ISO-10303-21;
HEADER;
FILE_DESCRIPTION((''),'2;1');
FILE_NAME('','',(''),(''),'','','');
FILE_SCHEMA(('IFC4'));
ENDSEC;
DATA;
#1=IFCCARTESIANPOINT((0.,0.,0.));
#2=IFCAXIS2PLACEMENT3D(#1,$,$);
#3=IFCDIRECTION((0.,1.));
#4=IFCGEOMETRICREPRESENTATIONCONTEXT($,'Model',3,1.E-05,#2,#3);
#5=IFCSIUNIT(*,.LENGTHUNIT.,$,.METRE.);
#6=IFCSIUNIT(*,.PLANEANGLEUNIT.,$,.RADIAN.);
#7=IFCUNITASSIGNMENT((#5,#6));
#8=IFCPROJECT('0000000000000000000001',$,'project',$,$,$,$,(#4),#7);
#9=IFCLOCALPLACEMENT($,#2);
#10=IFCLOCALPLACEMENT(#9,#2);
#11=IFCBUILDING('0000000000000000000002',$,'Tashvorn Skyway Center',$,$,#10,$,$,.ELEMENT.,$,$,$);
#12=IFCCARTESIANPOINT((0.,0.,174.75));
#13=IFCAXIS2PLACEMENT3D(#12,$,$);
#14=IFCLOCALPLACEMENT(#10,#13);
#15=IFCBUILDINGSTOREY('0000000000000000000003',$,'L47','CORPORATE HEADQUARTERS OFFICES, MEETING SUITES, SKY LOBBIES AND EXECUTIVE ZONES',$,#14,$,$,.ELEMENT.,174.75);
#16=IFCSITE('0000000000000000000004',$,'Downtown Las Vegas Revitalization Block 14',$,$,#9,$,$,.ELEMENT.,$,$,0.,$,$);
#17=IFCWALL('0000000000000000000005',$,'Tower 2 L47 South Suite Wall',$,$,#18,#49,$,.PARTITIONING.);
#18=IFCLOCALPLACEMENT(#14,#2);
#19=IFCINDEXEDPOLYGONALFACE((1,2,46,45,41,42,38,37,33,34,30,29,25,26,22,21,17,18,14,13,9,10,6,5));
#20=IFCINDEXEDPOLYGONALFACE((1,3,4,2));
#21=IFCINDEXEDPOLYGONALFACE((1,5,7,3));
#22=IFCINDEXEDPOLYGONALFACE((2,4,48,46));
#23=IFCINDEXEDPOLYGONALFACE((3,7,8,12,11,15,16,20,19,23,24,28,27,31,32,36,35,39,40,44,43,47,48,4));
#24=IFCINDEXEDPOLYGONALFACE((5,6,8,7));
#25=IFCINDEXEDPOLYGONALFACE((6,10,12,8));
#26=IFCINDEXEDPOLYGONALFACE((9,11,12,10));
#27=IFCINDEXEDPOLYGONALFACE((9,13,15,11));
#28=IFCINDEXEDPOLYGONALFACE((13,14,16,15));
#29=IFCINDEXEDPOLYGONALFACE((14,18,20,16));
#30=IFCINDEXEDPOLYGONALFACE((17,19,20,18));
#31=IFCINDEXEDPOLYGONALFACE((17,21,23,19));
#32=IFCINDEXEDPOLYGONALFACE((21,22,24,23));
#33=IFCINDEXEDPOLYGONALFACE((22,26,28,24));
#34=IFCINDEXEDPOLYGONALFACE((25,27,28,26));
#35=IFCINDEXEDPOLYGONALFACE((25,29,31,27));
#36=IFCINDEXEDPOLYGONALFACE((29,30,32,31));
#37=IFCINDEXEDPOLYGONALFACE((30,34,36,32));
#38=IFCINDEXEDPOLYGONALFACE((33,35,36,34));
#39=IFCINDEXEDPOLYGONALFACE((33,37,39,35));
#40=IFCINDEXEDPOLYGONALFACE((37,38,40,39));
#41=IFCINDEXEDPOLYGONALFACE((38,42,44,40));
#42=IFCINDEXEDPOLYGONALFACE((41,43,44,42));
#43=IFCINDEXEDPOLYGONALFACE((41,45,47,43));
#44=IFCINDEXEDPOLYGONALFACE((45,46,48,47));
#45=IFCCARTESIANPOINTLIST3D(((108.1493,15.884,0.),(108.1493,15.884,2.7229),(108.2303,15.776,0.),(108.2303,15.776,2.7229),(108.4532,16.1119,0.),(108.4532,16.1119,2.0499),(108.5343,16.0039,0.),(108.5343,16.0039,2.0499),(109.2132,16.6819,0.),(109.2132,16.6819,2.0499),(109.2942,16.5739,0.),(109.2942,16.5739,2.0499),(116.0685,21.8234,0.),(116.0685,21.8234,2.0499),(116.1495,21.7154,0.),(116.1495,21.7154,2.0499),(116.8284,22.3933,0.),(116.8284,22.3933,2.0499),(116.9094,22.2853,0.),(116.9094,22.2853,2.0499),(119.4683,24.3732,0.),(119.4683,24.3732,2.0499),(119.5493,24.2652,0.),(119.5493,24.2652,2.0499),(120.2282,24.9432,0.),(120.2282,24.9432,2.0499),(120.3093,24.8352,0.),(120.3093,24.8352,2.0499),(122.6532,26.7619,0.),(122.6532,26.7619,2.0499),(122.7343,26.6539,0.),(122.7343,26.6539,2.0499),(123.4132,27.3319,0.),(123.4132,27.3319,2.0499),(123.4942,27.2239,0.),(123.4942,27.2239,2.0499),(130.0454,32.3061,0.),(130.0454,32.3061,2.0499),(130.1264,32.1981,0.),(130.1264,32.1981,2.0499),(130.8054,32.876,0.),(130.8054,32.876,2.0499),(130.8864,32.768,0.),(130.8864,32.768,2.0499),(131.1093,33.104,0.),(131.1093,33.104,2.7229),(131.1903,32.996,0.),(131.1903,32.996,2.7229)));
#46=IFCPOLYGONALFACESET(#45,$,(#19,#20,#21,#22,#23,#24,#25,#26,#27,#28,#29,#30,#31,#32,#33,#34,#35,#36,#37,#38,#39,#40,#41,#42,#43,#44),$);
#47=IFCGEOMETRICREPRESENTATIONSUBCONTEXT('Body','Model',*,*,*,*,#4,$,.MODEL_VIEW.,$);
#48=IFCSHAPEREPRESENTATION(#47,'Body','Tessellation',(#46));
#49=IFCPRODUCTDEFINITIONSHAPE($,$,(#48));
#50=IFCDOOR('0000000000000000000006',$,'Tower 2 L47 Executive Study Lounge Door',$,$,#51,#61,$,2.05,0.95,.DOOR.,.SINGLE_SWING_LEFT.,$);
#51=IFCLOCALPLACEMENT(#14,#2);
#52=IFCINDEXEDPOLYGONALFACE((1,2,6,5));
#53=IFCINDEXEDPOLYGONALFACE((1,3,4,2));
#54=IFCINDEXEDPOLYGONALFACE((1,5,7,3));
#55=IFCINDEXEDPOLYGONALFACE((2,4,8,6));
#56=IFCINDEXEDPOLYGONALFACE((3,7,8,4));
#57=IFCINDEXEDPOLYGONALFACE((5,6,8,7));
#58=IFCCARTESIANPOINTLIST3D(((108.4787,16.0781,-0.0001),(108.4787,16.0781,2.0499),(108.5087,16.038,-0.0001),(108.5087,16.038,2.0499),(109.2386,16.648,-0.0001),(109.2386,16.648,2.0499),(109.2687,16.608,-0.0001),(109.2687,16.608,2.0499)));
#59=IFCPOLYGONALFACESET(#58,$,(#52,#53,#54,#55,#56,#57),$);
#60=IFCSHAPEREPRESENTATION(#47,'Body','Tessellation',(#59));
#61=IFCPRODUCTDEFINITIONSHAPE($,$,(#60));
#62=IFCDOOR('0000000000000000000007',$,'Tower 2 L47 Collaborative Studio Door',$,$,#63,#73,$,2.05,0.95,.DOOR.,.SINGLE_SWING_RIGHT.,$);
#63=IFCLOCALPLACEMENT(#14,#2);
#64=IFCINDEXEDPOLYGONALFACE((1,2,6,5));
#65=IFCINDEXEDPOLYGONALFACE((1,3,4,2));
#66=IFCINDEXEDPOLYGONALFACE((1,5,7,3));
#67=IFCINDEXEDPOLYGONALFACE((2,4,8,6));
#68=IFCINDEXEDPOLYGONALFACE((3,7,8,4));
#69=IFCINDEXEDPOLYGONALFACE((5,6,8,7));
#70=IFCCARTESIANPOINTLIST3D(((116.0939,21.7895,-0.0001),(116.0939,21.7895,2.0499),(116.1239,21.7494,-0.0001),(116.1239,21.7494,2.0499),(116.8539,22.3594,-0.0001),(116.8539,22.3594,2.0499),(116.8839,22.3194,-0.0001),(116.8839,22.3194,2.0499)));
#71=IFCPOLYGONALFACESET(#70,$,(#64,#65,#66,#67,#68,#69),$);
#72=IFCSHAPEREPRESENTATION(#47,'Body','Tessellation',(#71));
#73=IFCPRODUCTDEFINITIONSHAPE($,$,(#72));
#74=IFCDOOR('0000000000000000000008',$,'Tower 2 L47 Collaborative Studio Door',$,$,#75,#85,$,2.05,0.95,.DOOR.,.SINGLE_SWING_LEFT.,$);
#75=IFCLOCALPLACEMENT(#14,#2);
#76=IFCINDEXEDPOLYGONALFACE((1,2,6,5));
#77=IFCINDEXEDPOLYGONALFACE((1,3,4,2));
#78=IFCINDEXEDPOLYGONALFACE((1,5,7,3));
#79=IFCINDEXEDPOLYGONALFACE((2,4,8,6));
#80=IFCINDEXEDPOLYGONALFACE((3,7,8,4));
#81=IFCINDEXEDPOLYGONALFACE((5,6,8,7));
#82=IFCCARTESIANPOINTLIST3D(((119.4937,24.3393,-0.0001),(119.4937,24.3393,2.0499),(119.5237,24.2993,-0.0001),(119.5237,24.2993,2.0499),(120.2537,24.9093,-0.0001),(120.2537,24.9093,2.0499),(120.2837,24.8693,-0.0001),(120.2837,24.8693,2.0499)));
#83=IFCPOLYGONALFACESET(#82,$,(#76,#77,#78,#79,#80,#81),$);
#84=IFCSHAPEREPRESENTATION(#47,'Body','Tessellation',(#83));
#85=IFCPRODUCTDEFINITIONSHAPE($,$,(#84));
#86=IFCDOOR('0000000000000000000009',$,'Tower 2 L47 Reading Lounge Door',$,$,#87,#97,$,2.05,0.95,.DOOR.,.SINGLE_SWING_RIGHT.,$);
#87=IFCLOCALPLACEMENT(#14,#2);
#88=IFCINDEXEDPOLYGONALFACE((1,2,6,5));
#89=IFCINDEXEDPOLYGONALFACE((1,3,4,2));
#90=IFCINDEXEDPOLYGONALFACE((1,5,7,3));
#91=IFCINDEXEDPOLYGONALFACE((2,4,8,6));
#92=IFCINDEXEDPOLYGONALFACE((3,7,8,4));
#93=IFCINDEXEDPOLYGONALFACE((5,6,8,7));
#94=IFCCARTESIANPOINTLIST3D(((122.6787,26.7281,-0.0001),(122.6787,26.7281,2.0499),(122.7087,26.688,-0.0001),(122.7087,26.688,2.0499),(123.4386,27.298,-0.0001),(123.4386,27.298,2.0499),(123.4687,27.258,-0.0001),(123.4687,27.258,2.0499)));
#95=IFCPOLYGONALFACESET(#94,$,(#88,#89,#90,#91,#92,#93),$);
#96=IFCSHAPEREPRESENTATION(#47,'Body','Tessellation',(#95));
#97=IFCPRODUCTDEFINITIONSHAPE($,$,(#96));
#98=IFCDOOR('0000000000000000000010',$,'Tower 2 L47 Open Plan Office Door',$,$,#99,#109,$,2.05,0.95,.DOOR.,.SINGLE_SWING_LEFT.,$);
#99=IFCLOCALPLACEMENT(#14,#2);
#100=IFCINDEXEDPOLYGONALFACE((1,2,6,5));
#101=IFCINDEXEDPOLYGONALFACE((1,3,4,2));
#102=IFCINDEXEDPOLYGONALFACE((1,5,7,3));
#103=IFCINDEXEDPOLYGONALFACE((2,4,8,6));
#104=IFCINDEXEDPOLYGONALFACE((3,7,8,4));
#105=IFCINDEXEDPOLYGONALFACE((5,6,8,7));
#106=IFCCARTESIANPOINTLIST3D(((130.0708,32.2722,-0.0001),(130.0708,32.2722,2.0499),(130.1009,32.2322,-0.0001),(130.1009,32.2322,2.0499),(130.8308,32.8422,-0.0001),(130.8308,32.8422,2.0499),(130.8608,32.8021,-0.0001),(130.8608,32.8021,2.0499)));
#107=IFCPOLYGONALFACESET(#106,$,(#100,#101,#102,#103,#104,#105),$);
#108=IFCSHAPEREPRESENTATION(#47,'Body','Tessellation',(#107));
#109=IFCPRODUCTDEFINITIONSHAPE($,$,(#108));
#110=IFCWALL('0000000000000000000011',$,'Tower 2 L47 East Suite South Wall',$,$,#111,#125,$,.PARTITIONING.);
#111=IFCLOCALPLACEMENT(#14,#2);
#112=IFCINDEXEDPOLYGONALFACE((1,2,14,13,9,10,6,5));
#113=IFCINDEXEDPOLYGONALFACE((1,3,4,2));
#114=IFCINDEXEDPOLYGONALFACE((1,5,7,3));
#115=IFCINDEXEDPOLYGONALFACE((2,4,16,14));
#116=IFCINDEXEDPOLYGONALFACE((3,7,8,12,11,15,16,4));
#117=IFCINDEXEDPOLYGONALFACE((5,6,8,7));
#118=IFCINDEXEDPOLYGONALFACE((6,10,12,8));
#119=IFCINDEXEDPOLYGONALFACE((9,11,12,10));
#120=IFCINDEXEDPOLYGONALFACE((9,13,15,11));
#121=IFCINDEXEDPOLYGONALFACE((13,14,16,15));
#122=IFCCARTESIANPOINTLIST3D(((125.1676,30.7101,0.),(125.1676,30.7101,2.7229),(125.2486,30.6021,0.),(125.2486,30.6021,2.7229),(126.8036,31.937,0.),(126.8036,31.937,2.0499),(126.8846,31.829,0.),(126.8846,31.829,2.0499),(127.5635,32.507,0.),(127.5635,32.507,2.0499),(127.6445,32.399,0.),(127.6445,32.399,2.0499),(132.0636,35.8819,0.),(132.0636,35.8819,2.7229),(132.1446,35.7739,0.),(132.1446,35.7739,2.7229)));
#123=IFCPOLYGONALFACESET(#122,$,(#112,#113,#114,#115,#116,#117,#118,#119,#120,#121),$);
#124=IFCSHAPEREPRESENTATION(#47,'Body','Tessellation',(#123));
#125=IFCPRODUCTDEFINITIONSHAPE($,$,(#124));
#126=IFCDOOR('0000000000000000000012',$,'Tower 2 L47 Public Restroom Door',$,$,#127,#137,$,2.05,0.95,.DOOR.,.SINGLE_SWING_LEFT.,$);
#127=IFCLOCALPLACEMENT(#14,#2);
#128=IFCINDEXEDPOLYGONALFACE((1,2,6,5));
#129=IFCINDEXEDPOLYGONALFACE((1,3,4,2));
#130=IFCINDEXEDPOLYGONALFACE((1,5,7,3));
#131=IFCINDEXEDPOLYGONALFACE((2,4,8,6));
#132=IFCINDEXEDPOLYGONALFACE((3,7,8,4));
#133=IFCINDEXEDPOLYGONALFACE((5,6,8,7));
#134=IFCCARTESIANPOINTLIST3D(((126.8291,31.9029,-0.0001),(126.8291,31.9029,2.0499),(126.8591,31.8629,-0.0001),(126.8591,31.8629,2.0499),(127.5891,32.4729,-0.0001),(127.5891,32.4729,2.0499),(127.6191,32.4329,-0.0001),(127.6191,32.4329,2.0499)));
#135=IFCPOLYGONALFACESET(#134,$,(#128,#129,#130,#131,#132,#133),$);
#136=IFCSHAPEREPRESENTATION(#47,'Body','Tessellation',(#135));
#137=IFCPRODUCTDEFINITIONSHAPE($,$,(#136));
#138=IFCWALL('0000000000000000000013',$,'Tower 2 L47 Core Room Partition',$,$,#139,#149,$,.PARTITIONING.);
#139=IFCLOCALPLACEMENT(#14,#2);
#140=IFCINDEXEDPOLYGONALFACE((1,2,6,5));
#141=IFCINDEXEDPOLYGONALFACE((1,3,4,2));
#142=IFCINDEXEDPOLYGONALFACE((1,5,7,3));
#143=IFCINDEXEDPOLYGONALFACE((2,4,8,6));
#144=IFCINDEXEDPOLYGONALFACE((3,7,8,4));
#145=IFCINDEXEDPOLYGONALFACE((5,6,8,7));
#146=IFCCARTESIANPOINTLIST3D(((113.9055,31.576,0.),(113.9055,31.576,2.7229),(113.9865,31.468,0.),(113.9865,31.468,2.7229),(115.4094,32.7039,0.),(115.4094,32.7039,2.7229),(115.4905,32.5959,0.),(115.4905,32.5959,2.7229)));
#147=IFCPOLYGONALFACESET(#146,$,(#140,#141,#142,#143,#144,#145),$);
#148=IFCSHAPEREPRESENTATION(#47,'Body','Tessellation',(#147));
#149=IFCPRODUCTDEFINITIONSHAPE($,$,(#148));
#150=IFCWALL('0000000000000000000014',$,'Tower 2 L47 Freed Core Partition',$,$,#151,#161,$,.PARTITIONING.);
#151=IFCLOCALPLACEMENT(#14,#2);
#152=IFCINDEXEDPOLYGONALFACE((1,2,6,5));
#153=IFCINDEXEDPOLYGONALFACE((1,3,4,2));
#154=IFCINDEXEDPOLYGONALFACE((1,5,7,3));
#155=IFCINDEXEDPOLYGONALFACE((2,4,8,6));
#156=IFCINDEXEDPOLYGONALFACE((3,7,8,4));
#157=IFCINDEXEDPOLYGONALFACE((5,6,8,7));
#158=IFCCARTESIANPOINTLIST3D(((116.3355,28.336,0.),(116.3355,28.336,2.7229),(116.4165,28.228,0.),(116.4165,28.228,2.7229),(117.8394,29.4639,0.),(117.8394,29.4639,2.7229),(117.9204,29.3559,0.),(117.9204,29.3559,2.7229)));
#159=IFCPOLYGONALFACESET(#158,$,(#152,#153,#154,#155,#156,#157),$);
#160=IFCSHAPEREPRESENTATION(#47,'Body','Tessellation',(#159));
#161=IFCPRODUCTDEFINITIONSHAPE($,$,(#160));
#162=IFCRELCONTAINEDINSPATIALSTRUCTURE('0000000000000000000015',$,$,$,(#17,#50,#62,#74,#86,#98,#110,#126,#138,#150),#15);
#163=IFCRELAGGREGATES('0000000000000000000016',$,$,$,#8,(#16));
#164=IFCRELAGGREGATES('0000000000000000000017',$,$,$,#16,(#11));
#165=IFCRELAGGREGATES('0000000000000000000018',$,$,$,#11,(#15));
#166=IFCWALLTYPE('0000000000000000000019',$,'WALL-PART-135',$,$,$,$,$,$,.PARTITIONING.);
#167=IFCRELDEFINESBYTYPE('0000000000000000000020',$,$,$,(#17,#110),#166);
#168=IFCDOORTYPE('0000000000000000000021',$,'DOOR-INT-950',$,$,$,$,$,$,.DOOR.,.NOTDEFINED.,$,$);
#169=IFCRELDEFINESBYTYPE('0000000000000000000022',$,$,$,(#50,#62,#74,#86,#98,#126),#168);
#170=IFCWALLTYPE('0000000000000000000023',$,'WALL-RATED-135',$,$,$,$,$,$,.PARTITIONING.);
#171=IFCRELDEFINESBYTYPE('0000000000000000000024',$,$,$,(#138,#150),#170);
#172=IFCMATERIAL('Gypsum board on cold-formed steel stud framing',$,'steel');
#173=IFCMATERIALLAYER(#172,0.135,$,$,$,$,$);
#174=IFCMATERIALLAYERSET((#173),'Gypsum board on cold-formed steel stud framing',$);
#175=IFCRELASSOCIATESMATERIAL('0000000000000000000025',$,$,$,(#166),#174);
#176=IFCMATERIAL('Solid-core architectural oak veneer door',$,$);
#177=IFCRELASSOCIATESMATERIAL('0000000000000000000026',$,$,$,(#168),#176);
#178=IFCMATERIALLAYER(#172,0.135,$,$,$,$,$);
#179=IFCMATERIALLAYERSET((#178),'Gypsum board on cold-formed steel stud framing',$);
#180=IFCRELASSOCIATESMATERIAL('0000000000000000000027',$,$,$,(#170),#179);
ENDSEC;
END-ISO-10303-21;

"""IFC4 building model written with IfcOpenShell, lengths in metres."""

from ifc_helpers import new_model, si_unit, direction, frame, frame_2d, origin, place, context, subcontext, project, spatial, rectangle, extrude, material, layer, layer_set, type_object, element, fill, save


model = new_model("IFC4")

# Units and contexts
model_context = context("Model", 3, precision=1e-05, world=origin(), true_north=direction((0.0, 1.0)))
body_context = subcontext(model_context, "Body", "Model", "MODEL_VIEW")
ifc_project = project(units=[si_unit("LENGTHUNIT", "METRE"), si_unit("PLANEANGLEUNIT", "RADIAN")], contexts=[model_context])

# Site, building, storey
site_placement = place(None, origin())
site = spatial("IfcSite", under=ifc_project, at=site_placement, Name="Downtown Las Vegas Revitalization Block 14", CompositionType="ELEMENT", RefElevation=0.0)
building_placement = place(site_placement, origin())
building = spatial("IfcBuilding", under=site, at=building_placement, Name="Tashvorn Skyway Center", CompositionType="ELEMENT")
storey_placement = place(building_placement, frame((0.0, 0.0, 174.75)))
storey = spatial("IfcBuildingStorey", under=building, at=storey_placement, Name="L47", Description="CORPORATE HEADQUARTERS OFFICES, MEETING SUITES, SKY LOBBIES AND EXECUTIVE ZONES", CompositionType="ELEMENT", Elevation=174.75)

# Wall, openings, doors
ifc_material_1 = material(Name="Gypsum board on cold-formed steel stud framing", Category="steel")
ifc_layer_1 = layer(ifc_material_1, 0.135)
ifc_layer_set_1 = layer_set([ifc_layer_1], Name="Gypsum board on cold-formed steel stud framing")
wall_type_1 = type_object("IfcWallType", Name="WALL-PART-135", PredefinedType="PARTITIONING", material=ifc_layer_set_1)
wall_1_placement = place(storey_placement, frame((131.1499, 33.05, 0.0), z_axis=(0.0, 0.0, 1.0), x_axis=(-0.8, -0.6, 0.0)))
wall_1 = element("IfcWall", 1, at=wall_1_placement, inside=storey, type_object=wall_type_1, Name="Tower 2 L47 South Suite Wall", PredefinedType="PARTITIONING", context=body_context, shape_type="SweptSolid", body=[
    extrude(rectangle(XDim=28.7, YDim=0.135, at=frame_2d((14.3501, 0.0))), origin(), (0.0, 0.0, 1.0), 2.7229),
])
opening_1_placement = place(wall_1_placement, frame((27.3701, 0.0, 0.0)))
opening_1 = element("IfcOpeningElement", 2, at=opening_1_placement, cuts=wall_1, PredefinedType="OPENING", context=body_context, shape_type="SweptSolid", body=[
    extrude(rectangle(XDim=0.95, YDim=2.05, at=frame_2d((0.4751, 1.0249))), frame((0.0, 0.0774, 0.0), z_axis=(0.0, -1.0, 0.0), x_axis=(1.0, 0.0, 0.0)), (0.0, 0.0, 1.0), 0.155),
])
opening_2_placement = place(wall_1_placement, frame((17.8511, 0.0, 0.0)))
opening_2 = element("IfcOpeningElement", 3, at=opening_2_placement, cuts=wall_1, PredefinedType="OPENING", context=body_context, shape_type="SweptSolid", body=[
    extrude(rectangle(XDim=0.95, YDim=2.05, at=frame_2d((0.4751, 1.0249))), frame((0.0, 0.0774, 0.0), z_axis=(0.0, -1.0, 0.0), x_axis=(1.0, 0.0, 0.0)), (0.0, 0.0, 1.0), 0.155),
])
opening_3_placement = place(wall_1_placement, frame((13.6013, 0.0, 0.0)))
opening_3 = element("IfcOpeningElement", 4, at=opening_3_placement, cuts=wall_1, PredefinedType="OPENING", context=body_context, shape_type="SweptSolid", body=[
    extrude(rectangle(XDim=0.95, YDim=2.05, at=frame_2d((0.4751, 1.0249))), frame((0.0, 0.0774, 0.0), z_axis=(0.0, -1.0, 0.0), x_axis=(1.0, 0.0, 0.0)), (0.0, 0.0, 1.0), 0.155),
])
opening_4_placement = place(wall_1_placement, frame((9.6201, 0.0, 0.0)))
opening_4 = element("IfcOpeningElement", 5, at=opening_4_placement, cuts=wall_1, PredefinedType="OPENING", context=body_context, shape_type="SweptSolid", body=[
    extrude(rectangle(XDim=0.95, YDim=2.05, at=frame_2d((0.4751, 1.0249))), frame((0.0, 0.0774, 0.0), z_axis=(0.0, -1.0, 0.0), x_axis=(1.0, 0.0, 0.0)), (0.0, 0.0, 1.0), 0.155),
])
opening_5_placement = place(wall_1_placement, frame((0.3799, 0.0, 0.0)))
opening_5 = element("IfcOpeningElement", 6, at=opening_5_placement, cuts=wall_1, PredefinedType="OPENING", context=body_context, shape_type="SweptSolid", body=[
    extrude(rectangle(XDim=0.95, YDim=2.05, at=frame_2d((0.4751, 1.0249))), frame((0.0, 0.0774, 0.0), z_axis=(0.0, -1.0, 0.0), x_axis=(1.0, 0.0, 0.0)), (0.0, 0.0, 1.0), 0.155),
])
ifc_material_2 = material(Name="Solid-core architectural oak veneer door")
door_type_1 = type_object("IfcDoorType", Name="DOOR-INT-950", OperationType="NOTDEFINED", PredefinedType="DOOR", material=ifc_material_2)
door_1_placement = place(opening_1_placement, origin())
door_1 = element("IfcDoor", 7, at=door_1_placement, inside=storey, type_object=door_type_1, Name="Tower 2 L47 Executive Study Lounge Door", OperationType="SINGLE_SWING_LEFT", OverallHeight=2.05, OverallWidth=0.95, PredefinedType="DOOR", context=body_context, shape_type="SweptSolid", body=[
    extrude(rectangle(XDim=0.95, YDim=2.05, at=frame_2d((0.4751, 1.0249))), frame((0.0, 0.0249, 0.0), z_axis=(0.0, -1.0, 0.0), x_axis=(1.0, 0.0, 0.0)), (0.0, 0.0, 1.0), 0.05),
])
fill(opening_1, door_1)
door_2_placement = place(opening_2_placement, origin())
door_2 = element("IfcDoor", 8, at=door_2_placement, inside=storey, type_object=door_type_1, Name="Tower 2 L47 Collaborative Studio Door", OperationType="SINGLE_SWING_RIGHT", OverallHeight=2.05, OverallWidth=0.95, PredefinedType="DOOR", context=body_context, shape_type="SweptSolid", body=[
    extrude(rectangle(XDim=0.95, YDim=2.05, at=frame_2d((0.4751, 1.0249))), frame((0.0, 0.0249, 0.0), z_axis=(0.0, -1.0, 0.0), x_axis=(1.0, 0.0, 0.0)), (0.0, 0.0, 1.0), 0.05),
])
fill(opening_2, door_2)
door_3_placement = place(opening_3_placement, origin())
door_3 = element("IfcDoor", 9, at=door_3_placement, inside=storey, type_object=door_type_1, Name="Tower 2 L47 Collaborative Studio Door", OperationType="SINGLE_SWING_LEFT", OverallHeight=2.05, OverallWidth=0.95, PredefinedType="DOOR", context=body_context, shape_type="SweptSolid", body=[
    extrude(rectangle(XDim=0.95, YDim=2.05, at=frame_2d((0.4751, 1.0249))), frame((0.0, 0.0249, 0.0), z_axis=(0.0, -1.0, 0.0), x_axis=(1.0, 0.0, 0.0)), (0.0, 0.0, 1.0), 0.05),
])
fill(opening_3, door_3)
door_4_placement = place(opening_4_placement, origin())
door_4 = element("IfcDoor", 10, at=door_4_placement, inside=storey, type_object=door_type_1, Name="Tower 2 L47 Reading Lounge Door", OperationType="SINGLE_SWING_RIGHT", OverallHeight=2.05, OverallWidth=0.95, PredefinedType="DOOR", context=body_context, shape_type="SweptSolid", body=[
    extrude(rectangle(XDim=0.95, YDim=2.05, at=frame_2d((0.4751, 1.0249))), frame((0.0, 0.0249, 0.0), z_axis=(0.0, -1.0, 0.0), x_axis=(1.0, 0.0, 0.0)), (0.0, 0.0, 1.0), 0.05),
])
fill(opening_4, door_4)
door_5_placement = place(opening_5_placement, origin())
door_5 = element("IfcDoor", 11, at=door_5_placement, inside=storey, type_object=door_type_1, Name="Tower 2 L47 Open Plan Office Door", OperationType="SINGLE_SWING_LEFT", OverallHeight=2.05, OverallWidth=0.95, PredefinedType="DOOR", context=body_context, shape_type="SweptSolid", body=[
    extrude(rectangle(XDim=0.95, YDim=2.05, at=frame_2d((0.4751, 1.0249))), frame((0.0, 0.0249, 0.0), z_axis=(0.0, -1.0, 0.0), x_axis=(1.0, 0.0, 0.0)), (0.0, 0.0, 1.0), 0.05),
])
fill(opening_5, door_5)

# Wall, opening, door
wall_2_placement = place(storey_placement, frame((125.208, 30.656, 0.0), z_axis=(0.0, 0.0, 1.0), x_axis=(0.800007, 0.599991, 0.0)))
wall_2 = element("IfcWall", 12, at=wall_2_placement, inside=storey, type_object=wall_type_1, Name="Tower 2 L47 East Suite South Wall", PredefinedType="PARTITIONING", context=body_context, shape_type="SweptSolid", body=[
    extrude(rectangle(XDim=8.6199, YDim=0.135, at=frame_2d((4.3101, 0.0))), origin(), (0.0, 0.0, 1.0), 2.7229),
])
opening_6_placement = place(wall_2_placement, frame((2.0449, 0.0, 0.0)))
opening_6 = element("IfcOpeningElement", 13, at=opening_6_placement, cuts=wall_2, PredefinedType="OPENING", context=body_context, shape_type="SweptSolid", body=[
    extrude(rectangle(XDim=0.95, YDim=2.05, at=frame_2d((0.4751, 1.0249))), frame((0.0, 0.0774, 0.0), z_axis=(0.0, -1.0, 0.0), x_axis=(1.0, 0.0, 0.0)), (0.0, 0.0, 1.0), 0.155),
])
door_6_placement = place(opening_6_placement, origin())
door_6 = element("IfcDoor", 14, at=door_6_placement, inside=storey, type_object=door_type_1, Name="Tower 2 L47 Public Restroom Door", OperationType="SINGLE_SWING_LEFT", OverallHeight=2.05, OverallWidth=0.95, PredefinedType="DOOR", context=body_context, shape_type="SweptSolid", body=[
    extrude(rectangle(XDim=0.95, YDim=2.05, at=frame_2d((0.4751, 1.0249))), frame((0.0, 0.0249, 0.0), z_axis=(0.0, -1.0, 0.0), x_axis=(1.0, 0.0, 0.0)), (0.0, 0.0, 1.0), 0.05),
])
fill(opening_6, door_6)

# Walls
ifc_layer_2 = layer(ifc_material_1, 0.135)
ifc_layer_set_2 = layer_set([ifc_layer_2], Name="Gypsum board on cold-formed steel stud framing")
wall_type_2 = type_object("IfcWallType", Name="WALL-RATED-135", PredefinedType="PARTITIONING", material=ifc_layer_set_2)
for number, where, z_axis, x_axis, name in (
    (15, (113.946, 31.522, 0.0), (0.0, 0.0, 1.0), (0.8, 0.6, 0.0), "Tower 2 L47 Core Room Partition"),
    (16, (116.376, 28.282, 0.0), (0.0, 0.0, 1.0), (0.8, 0.6, 0.0), "Tower 2 L47 Freed Core Partition"),
):
    element("IfcWall", number, at=place(storey_placement, frame(where, z_axis=z_axis, x_axis=x_axis)), inside=storey, type_object=wall_type_2, Name=name, PredefinedType="PARTITIONING", context=body_context, shape_type="SweptSolid", body=[
        extrude(rectangle(XDim=1.8799, YDim=0.135, at=frame_2d((0.9399, 0.0))), origin(), (0.0, 0.0, 1.0), 2.7229),
    ])

save(model, "model.ifc")
